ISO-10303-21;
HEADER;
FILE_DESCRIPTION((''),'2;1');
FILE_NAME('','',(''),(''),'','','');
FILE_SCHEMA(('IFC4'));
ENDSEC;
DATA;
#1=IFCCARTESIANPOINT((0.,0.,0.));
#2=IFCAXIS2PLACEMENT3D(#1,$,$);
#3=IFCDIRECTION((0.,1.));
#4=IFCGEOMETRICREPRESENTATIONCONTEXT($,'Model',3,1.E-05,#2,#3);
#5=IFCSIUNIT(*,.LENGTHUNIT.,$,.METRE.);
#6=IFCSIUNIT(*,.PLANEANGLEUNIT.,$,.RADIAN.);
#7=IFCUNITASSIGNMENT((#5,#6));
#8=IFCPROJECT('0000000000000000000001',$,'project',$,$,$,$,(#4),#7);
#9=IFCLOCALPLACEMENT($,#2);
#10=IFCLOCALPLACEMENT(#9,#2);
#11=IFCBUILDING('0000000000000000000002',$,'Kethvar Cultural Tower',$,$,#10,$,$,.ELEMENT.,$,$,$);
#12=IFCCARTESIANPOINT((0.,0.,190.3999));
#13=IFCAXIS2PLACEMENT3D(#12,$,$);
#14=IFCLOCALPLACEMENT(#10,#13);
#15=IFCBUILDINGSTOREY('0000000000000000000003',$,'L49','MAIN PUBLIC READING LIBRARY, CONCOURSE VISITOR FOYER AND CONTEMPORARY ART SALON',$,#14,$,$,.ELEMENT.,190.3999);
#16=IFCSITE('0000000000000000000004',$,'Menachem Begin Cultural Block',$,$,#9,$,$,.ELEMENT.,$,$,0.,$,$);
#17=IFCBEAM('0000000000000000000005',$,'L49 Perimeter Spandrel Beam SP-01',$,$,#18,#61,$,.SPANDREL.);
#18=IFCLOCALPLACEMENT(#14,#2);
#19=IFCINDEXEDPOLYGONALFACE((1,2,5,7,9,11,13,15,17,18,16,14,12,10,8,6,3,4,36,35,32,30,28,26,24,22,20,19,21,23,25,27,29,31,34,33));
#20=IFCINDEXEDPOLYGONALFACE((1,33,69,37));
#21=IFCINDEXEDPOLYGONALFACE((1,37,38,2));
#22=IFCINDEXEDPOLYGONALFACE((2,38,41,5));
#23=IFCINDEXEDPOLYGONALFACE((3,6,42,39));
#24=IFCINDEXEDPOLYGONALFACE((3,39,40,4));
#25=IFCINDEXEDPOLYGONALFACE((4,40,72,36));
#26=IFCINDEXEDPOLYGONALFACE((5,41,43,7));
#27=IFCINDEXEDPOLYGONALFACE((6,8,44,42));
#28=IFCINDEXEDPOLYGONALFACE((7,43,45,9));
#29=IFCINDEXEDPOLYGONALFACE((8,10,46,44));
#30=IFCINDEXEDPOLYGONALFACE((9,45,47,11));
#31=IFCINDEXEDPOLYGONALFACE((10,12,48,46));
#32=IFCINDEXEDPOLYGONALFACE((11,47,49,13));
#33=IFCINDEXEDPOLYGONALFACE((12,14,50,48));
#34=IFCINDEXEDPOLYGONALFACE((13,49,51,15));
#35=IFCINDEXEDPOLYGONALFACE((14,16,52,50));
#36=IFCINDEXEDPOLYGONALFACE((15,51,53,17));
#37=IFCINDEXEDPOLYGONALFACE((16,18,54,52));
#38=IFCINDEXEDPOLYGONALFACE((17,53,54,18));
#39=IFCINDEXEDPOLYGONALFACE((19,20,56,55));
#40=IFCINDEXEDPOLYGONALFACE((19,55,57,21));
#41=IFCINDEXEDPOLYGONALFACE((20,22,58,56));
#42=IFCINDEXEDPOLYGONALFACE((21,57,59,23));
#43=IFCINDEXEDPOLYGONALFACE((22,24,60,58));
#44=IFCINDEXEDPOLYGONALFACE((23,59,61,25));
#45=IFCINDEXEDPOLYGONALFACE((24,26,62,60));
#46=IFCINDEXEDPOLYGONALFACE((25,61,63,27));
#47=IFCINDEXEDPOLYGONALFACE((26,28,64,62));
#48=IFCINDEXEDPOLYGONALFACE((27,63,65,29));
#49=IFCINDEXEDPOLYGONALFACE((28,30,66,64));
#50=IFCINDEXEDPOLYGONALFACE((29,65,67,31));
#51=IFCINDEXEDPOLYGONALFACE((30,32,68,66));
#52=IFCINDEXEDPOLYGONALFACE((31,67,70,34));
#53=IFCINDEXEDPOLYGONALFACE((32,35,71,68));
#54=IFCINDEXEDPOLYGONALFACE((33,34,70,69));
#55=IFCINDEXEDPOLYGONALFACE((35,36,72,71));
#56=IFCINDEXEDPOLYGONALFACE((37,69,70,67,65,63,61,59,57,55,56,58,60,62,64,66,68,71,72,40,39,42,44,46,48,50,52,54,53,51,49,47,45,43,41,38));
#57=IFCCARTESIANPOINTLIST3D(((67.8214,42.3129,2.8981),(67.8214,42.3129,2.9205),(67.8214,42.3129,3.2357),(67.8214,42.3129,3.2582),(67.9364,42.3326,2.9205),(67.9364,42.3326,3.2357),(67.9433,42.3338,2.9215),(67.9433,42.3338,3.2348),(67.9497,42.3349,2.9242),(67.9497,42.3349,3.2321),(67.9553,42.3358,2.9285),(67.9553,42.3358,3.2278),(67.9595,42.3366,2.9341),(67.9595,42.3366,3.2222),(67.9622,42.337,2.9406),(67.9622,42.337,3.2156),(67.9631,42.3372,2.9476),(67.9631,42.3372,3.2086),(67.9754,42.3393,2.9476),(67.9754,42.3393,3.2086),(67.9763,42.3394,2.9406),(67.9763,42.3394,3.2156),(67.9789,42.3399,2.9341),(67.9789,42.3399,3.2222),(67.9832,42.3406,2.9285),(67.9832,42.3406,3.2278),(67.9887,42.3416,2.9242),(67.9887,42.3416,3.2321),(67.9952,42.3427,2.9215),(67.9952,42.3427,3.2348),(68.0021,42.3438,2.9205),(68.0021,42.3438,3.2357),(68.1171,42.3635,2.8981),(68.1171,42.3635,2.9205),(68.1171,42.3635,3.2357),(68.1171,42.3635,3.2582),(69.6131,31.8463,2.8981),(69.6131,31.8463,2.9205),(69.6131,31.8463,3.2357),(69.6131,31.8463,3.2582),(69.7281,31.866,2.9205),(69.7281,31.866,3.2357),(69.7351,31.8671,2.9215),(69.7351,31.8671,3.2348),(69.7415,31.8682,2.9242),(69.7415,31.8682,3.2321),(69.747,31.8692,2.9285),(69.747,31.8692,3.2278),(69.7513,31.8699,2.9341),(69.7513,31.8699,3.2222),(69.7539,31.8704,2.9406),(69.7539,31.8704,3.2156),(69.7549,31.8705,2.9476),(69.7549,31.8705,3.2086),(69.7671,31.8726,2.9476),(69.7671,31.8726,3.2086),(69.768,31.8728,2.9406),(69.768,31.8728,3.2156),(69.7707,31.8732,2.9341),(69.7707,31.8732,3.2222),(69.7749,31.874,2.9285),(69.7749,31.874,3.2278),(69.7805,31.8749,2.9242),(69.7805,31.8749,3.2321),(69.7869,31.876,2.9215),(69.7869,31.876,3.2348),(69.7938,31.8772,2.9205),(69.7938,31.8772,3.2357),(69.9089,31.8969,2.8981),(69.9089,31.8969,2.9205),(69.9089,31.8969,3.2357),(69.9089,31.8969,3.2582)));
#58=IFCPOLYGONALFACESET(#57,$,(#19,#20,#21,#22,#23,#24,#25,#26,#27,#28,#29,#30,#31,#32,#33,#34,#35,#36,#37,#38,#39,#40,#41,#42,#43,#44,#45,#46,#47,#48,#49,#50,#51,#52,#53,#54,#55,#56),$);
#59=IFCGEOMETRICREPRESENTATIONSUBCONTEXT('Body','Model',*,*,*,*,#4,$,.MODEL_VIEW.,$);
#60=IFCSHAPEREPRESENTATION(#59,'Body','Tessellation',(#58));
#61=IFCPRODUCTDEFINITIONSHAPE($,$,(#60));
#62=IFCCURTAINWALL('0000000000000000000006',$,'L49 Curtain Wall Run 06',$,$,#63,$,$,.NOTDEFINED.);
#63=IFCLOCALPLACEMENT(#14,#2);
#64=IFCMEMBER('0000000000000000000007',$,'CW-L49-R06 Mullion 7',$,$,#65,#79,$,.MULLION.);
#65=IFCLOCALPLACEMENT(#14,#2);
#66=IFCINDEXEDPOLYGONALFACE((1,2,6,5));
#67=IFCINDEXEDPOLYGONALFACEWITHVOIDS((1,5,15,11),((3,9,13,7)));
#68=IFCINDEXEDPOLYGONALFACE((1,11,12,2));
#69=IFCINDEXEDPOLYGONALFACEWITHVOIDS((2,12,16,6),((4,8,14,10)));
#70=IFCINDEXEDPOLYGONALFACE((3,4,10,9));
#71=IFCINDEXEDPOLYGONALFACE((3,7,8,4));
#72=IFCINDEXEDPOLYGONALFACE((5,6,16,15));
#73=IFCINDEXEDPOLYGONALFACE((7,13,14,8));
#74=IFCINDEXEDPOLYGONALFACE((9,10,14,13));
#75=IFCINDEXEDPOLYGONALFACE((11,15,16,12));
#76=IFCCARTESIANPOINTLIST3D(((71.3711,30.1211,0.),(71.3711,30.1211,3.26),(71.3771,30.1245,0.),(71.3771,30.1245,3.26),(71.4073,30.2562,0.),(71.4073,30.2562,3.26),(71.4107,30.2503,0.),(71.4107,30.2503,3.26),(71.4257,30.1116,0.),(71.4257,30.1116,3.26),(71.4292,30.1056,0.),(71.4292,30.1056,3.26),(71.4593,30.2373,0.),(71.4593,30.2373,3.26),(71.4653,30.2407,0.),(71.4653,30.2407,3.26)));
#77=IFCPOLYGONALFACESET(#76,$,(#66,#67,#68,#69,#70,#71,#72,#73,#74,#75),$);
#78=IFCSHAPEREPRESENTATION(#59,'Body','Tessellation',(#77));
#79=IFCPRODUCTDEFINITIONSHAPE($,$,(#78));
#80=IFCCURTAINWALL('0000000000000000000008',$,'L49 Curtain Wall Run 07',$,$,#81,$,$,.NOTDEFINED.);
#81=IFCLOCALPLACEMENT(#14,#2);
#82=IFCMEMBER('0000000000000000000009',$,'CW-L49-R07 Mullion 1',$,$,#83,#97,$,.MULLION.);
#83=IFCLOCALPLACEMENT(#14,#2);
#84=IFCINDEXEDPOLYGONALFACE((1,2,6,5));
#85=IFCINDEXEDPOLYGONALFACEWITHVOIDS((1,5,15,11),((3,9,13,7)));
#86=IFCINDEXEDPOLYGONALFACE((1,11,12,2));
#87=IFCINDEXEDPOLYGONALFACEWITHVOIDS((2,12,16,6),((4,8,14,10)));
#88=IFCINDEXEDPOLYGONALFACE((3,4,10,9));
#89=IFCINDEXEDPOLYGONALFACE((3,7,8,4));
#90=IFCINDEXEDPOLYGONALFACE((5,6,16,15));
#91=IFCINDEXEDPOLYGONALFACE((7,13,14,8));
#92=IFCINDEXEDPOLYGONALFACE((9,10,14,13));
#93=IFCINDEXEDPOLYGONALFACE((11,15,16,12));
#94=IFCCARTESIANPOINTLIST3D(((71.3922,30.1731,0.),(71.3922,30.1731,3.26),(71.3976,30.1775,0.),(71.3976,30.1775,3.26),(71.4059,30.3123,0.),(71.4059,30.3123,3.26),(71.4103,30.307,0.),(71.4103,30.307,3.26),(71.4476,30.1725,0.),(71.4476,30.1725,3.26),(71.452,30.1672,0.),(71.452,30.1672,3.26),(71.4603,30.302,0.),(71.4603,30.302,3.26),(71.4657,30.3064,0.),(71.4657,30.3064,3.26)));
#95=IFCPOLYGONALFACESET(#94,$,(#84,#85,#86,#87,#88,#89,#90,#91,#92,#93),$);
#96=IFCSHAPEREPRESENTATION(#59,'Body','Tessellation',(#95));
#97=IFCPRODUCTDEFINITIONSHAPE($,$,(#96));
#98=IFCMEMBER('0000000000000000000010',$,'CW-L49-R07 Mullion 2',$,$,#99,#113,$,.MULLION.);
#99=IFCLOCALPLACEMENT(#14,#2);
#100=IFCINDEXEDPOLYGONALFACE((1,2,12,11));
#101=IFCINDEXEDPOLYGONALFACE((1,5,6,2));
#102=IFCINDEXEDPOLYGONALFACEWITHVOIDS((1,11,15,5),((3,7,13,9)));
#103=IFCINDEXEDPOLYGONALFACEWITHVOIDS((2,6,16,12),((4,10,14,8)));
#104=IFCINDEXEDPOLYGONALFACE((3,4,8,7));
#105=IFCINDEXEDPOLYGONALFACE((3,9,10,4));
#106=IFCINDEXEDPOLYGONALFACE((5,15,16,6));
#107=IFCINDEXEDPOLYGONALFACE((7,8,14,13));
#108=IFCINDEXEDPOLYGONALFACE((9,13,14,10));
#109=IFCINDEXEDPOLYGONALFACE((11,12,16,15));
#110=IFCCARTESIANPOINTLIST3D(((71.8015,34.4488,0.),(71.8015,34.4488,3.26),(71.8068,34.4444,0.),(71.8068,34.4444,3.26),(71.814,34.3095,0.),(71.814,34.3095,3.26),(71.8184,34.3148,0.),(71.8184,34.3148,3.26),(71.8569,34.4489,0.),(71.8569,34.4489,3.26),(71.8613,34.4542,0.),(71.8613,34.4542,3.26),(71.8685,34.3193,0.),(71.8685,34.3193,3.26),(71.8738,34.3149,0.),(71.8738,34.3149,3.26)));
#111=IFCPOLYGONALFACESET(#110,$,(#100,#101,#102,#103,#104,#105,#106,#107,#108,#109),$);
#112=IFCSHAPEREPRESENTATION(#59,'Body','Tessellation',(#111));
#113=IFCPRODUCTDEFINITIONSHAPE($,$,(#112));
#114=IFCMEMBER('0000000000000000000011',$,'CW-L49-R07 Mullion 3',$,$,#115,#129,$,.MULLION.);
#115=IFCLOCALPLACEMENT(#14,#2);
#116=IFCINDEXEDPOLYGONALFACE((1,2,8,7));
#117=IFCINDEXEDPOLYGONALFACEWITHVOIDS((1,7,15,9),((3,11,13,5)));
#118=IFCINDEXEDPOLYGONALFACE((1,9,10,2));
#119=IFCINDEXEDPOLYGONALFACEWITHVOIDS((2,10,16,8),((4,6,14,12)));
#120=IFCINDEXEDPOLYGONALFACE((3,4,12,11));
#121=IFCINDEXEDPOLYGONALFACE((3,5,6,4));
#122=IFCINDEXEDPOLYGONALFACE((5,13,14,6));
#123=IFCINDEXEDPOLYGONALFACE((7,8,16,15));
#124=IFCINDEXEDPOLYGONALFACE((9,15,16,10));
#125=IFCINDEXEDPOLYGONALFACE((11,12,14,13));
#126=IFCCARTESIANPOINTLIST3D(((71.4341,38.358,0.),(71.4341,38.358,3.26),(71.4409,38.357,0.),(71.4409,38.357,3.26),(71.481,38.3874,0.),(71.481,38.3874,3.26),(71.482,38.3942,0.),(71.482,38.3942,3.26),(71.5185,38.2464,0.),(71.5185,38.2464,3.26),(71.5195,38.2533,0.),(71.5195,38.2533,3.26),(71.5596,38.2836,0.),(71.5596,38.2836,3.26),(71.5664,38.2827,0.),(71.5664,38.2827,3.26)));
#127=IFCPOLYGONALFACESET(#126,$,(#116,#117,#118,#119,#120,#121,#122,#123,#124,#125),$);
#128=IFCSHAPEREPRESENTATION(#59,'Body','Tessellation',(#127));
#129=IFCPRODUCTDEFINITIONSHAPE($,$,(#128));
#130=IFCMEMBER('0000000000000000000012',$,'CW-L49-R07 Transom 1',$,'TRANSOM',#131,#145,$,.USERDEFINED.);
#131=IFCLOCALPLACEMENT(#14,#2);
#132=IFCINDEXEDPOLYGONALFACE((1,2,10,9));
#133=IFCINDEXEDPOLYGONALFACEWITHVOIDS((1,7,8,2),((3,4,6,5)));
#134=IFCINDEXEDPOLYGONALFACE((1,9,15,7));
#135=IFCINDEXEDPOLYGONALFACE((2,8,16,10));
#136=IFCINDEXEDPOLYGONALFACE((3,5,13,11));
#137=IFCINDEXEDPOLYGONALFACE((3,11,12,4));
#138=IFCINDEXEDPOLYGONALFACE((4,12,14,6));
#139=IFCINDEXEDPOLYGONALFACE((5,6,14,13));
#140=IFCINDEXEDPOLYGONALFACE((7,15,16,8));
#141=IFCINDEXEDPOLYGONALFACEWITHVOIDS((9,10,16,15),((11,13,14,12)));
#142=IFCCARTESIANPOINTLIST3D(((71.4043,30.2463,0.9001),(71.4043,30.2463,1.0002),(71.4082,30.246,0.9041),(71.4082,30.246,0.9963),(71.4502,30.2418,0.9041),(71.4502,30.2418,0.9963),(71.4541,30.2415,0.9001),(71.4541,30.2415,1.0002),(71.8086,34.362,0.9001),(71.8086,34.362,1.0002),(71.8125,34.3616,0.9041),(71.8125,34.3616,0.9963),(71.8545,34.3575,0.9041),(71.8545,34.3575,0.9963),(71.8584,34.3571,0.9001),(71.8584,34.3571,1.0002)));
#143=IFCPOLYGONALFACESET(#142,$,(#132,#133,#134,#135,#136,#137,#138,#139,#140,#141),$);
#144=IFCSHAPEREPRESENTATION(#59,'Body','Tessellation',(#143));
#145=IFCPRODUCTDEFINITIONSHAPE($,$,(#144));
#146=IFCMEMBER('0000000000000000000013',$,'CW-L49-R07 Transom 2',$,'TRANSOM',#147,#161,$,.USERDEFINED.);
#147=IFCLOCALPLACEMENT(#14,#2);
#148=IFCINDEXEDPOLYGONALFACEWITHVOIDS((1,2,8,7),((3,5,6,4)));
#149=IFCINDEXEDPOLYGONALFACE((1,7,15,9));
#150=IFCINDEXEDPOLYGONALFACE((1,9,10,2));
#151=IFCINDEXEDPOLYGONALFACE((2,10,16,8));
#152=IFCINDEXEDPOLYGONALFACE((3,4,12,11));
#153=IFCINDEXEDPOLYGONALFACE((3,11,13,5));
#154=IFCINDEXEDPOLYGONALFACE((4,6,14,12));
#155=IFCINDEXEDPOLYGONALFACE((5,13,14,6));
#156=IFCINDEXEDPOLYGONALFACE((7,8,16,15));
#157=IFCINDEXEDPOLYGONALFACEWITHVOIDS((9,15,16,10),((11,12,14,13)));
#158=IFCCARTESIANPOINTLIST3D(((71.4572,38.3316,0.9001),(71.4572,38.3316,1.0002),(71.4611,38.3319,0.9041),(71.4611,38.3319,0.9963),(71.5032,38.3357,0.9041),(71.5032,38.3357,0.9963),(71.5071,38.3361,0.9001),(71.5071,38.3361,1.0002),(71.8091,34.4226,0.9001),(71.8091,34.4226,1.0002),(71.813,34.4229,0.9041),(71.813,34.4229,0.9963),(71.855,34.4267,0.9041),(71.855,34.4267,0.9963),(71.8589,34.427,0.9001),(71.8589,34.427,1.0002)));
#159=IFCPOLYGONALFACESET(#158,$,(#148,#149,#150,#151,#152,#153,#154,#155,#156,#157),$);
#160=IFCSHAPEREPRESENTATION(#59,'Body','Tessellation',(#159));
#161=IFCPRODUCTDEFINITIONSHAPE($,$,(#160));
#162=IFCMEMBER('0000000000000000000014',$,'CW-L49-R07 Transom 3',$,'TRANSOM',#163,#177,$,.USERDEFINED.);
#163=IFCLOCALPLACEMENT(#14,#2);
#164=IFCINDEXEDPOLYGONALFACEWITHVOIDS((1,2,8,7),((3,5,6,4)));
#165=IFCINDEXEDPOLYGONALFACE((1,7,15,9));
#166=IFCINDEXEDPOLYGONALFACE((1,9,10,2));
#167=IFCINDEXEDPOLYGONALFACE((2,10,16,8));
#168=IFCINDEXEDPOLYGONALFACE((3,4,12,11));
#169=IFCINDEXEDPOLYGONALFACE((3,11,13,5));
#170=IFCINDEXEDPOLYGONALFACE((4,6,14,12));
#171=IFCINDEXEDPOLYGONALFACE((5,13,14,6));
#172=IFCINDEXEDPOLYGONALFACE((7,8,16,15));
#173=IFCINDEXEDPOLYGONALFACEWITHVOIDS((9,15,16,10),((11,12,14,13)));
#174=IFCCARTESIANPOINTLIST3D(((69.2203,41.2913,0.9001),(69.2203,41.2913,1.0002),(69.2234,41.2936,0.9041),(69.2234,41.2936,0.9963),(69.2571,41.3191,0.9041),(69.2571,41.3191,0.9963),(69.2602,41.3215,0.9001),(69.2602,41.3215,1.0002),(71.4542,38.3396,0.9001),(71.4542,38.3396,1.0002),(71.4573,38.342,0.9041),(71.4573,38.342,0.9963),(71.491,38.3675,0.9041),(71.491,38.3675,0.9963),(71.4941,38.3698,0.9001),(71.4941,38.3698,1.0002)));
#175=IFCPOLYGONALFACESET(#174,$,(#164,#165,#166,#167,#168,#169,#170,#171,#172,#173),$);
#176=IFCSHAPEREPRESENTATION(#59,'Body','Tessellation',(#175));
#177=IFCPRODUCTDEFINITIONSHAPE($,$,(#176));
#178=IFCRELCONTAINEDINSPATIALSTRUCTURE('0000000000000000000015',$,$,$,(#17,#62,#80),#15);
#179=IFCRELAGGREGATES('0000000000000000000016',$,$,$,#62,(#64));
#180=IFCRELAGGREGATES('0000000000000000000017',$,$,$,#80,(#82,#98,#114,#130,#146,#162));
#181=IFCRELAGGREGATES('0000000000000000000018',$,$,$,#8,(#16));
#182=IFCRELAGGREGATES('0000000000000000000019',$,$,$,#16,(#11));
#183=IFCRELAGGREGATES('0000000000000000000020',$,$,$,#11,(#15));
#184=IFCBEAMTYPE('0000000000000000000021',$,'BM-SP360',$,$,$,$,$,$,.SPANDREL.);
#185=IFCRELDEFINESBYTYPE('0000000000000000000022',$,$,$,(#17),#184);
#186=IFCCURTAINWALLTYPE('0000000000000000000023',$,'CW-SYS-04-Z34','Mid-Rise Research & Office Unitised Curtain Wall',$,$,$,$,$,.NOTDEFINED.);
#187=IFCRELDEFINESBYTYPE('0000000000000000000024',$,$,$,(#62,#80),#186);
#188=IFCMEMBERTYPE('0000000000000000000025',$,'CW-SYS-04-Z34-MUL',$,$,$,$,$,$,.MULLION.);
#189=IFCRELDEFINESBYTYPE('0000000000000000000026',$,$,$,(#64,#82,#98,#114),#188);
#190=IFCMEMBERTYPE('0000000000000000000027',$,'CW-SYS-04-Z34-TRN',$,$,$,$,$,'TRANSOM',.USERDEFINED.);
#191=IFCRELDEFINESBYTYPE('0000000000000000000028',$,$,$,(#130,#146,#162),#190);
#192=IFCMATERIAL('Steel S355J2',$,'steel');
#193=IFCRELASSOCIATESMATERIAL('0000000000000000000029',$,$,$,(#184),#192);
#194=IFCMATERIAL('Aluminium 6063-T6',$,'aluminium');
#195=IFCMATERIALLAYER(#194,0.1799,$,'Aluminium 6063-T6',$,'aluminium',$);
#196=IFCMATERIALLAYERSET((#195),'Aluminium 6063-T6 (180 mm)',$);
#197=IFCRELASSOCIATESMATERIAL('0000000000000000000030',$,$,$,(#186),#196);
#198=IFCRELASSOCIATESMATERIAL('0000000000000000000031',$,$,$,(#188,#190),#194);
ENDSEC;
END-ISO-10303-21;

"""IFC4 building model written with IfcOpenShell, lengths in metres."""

from ifc_helpers import new_model, si_unit, direction, frame, origin, origin_2d, place, context, subcontext, project, spatial, hollow_rectangle, i_section, extrude, source, transform, mapped, material, layer, layer_set, material_profile, profile_set, type_object, element, aggregate, save


model = new_model("IFC4")

# Units and contexts
model_context = context("Model", 3, precision=1e-05, world=origin(), true_north=direction((0.0, 1.0)))
body_context = subcontext(model_context, "Body", "Model", "MODEL_VIEW")
ifc_project = project(units=[si_unit("LENGTHUNIT", "METRE"), si_unit("PLANEANGLEUNIT", "RADIAN")], contexts=[model_context])

# Site, building, storey
site_placement = place(None, origin())
site = spatial("IfcSite", under=ifc_project, at=site_placement, Name="Menachem Begin Cultural Block", CompositionType="ELEMENT", RefElevation=0.0)
building_placement = place(site_placement, origin())
building = spatial("IfcBuilding", under=site, at=building_placement, Name="Kethvar Cultural Tower", CompositionType="ELEMENT")
storey_placement = place(building_placement, frame((0.0, 0.0, 190.3999)))
storey = spatial("IfcBuildingStorey", under=building, at=storey_placement, Name="L49", Description="MAIN PUBLIC READING LIBRARY, CONCOURSE VISITOR FOYER AND CONTEMPORARY ART SALON", CompositionType="ELEMENT", Elevation=190.3999)

# Beam
ifc_material_1 = material(Name="Steel S355J2", Category="steel")
ifc_material_profile_1 = material_profile(ifc_material_1, i_section(OverallWidth=0.3, OverallDepth=0.3601, WebThickness=0.0125, FlangeThickness=0.0225, FilletRadius=0.0271, at=origin_2d()), Name="Steel S355J2 — HEB360")
ifc_profile_set_1 = profile_set([ifc_material_profile_1], Name="Steel S355J2 — HEB360")
beam_type_1 = type_object("IfcBeamType", Name="BM-SP360", PredefinedType="SPANDREL", material=ifc_profile_set_1)
shared_shape_1 = source(origin(), body_context, "Body", "SweptSolid", [
    extrude(i_section(OverallWidth=0.3, OverallDepth=0.3601, WebThickness=0.0125, FlangeThickness=0.0225, FilletRadius=0.0271, at=origin_2d()), origin(), (0.0, 0.0, 1.0), 10.6189),
])
beam_1_placement = place(storey_placement, frame((69.761, 31.8716, 3.0781), z_axis=(-0.168733, 0.985662, 0.0), x_axis=(-0.985662, -0.168733, 0.0)))
element("IfcBeam", 1, at=beam_1_placement, inside=storey, type_object=beam_type_1, Name="L49 Perimeter Spandrel Beam SP-01", PredefinedType="SPANDREL", context=body_context, shape_type="MappedRepresentation", body=[
    mapped(shared_shape_1, transform((0.0, 0.0, 0.0), scale=1.0)),
])

# Curtain wall, member
ifc_material_2 = material(Name="Aluminium 6063-T6", Category="aluminium")
ifc_layer_1 = layer(ifc_material_2, 0.1799, Name="Aluminium 6063-T6", Category="aluminium")
ifc_layer_set_1 = layer_set([ifc_layer_1], Name="Aluminium 6063-T6 (180 mm)")
curtain_wall_type = type_object("IfcCurtainWallType", Name="CW-SYS-04-Z34", Description="Mid-Rise Research & Office Unitised Curtain Wall", PredefinedType="NOTDEFINED", material=ifc_layer_set_1)
curtain_wall_1_placement = place(storey_placement, origin())
curtain_wall_1 = element("IfcCurtainWall", 2, at=curtain_wall_1_placement, inside=storey, type_object=curtain_wall_type, Name="L49 Curtain Wall Run 06", PredefinedType="NOTDEFINED")
ifc_material_profile_2 = material_profile(ifc_material_2, hollow_rectangle(XDim=0.0601, YDim=0.1399, WallThickness=0.0049, at=origin_2d()), Name="Aluminium 6063-T6 — RHS140x60x5")
ifc_profile_set_2 = profile_set([ifc_material_profile_2], Name="Aluminium 6063-T6 — RHS140x60x5")
member_type_1 = type_object("IfcMemberType", Name="CW-SYS-04-Z34-MUL", PredefinedType="MULLION", material=ifc_profile_set_2)
shared_shape_2 = source(origin(), body_context, "Body", "SweptSolid", [
    extrude(hollow_rectangle(XDim=0.0601, YDim=0.1399, WallThickness=0.0049, at=origin_2d()), origin(), (0.0, 0.0, 1.0), 3.26),
])
member_1_placement = place(storey_placement, frame((71.4182, 30.1809, 0.0), z_axis=(0.0, 0.0, 1.0), x_axis=(-0.966079, 0.258246, 0.0)))
member_1 = element("IfcMember", 3, at=member_1_placement, type_object=member_type_1, Name="CW-L49-R06 Mullion 7", PredefinedType="MULLION", context=body_context, shape_type="MappedRepresentation", body=[
    mapped(shared_shape_2, transform((0.0, 0.0, 0.0), scale=1.0)),
])
aggregate(curtain_wall_1, [member_1])

# Curtain wall, members
curtain_wall_2_placement = place(storey_placement, origin())
curtain_wall_2 = element("IfcCurtainWall", 4, at=curtain_wall_2_placement, inside=storey, type_object=curtain_wall_type, Name="L49 Curtain Wall Run 07", PredefinedType="NOTDEFINED")
member_2_placement = place(storey_placement, frame((71.429, 30.2397, 0.0), z_axis=(0.0, 0.0, 1.0), x_axis=(-0.99521, 0.097757, 0.0)))
member_2 = element("IfcMember", 5, at=member_2_placement, type_object=member_type_1, Name="CW-L49-R07 Mullion 1", PredefinedType="MULLION", context=body_context, shape_type="MappedRepresentation", body=[
    mapped(shared_shape_2, transform((0.0, 0.0, 0.0), scale=1.0)),
])
member_3_placement = place(storey_placement, frame((71.8376, 34.3818, 0.0), z_axis=(0.0, 0.0, 1.0), x_axis=(-0.995977, -0.089607, 0.0)))
member_3 = element("IfcMember", 6, at=member_3_placement, type_object=member_type_1, Name="CW-L49-R07 Mullion 2", PredefinedType="MULLION", context=body_context, shape_type="MappedRepresentation", body=[
    mapped(shared_shape_2, transform((0.0, 0.0, 0.0), scale=1.0)),
])
member_4_placement = place(storey_placement, frame((71.5002, 38.3203, 0.0), z_axis=(0.0, 0.0, 1.0), x_axis=(-0.797373, -0.603486, 0.0)))
member_4 = element("IfcMember", 7, at=member_4_placement, type_object=member_type_1, Name="CW-L49-R07 Mullion 3", PredefinedType="MULLION", context=body_context, shape_type="MappedRepresentation", body=[
    mapped(shared_shape_2, transform((0.0, 0.0, 0.0), scale=1.0)),
])
ifc_material_profile_3 = material_profile(ifc_material_2, hollow_rectangle(XDim=0.05, YDim=0.1001, WallThickness=0.0039, at=origin_2d()), Name="Aluminium 6063-T6 — RHS100x50x4")
ifc_profile_set_3 = profile_set([ifc_material_profile_3], Name="Aluminium 6063-T6 — RHS100x50x4")
member_type_2 = type_object("IfcMemberType", Name="CW-SYS-04-Z34-TRN", ElementType="TRANSOM", PredefinedType="USERDEFINED", material=ifc_profile_set_3)
shared_shape_3 = source(origin(), body_context, "Body", "SweptSolid", [
    extrude(hollow_rectangle(XDim=0.05, YDim=0.1001, WallThickness=0.0039, at=origin_2d()), origin(), (0.0, 0.0, 1.0), 4.1355),
])
member_5_placement = place(storey_placement, frame((71.4292, 30.2439, 0.9502), z_axis=(0.097762, 0.99521, 0.0), x_axis=(-0.99521, 0.097762, 0.0)))
member_5 = element("IfcMember", 8, at=member_5_placement, type_object=member_type_2, Name="CW-L49-R07 Transom 1", ObjectType="TRANSOM", PredefinedType="USERDEFINED", context=body_context, shape_type="MappedRepresentation", body=[
    mapped(shared_shape_3, transform((0.0, 0.0, 0.0), scale=1.0)),
])
shared_shape_4 = source(origin(), body_context, "Body", "SweptSolid", [
    extrude(hollow_rectangle(XDim=0.05, YDim=0.1001, WallThickness=0.0039, at=origin_2d()), origin(), (0.0, 0.0, 1.0), 3.9248),
])
member_6_placement = place(storey_placement, frame((71.834, 34.4248, 0.9502), z_axis=(-0.089638, 0.995974, 0.0), x_axis=(-0.995974, -0.089638, 0.0)))
member_6 = element("IfcMember", 9, at=member_6_placement, type_object=member_type_2, Name="CW-L49-R07 Transom 2", ObjectType="TRANSOM", PredefinedType="USERDEFINED", context=body_context, shape_type="MappedRepresentation", body=[
    mapped(shared_shape_4, transform((0.0, 0.0, 0.0), scale=1.0)),
])
shared_shape_5 = source(origin(), body_context, "Body", "SweptSolid", [
    extrude(hollow_rectangle(XDim=0.05, YDim=0.1001, WallThickness=0.0039, at=origin_2d()), origin(), (0.0, 0.0, 1.0), 3.7017),
])
member_7_placement = place(storey_placement, frame((71.4741, 38.3547, 0.9502), z_axis=(-0.603477, 0.797381, 0.0), x_axis=(-0.797381, -0.603477, 0.0)))
member_7 = element("IfcMember", 10, at=member_7_placement, type_object=member_type_2, Name="CW-L49-R07 Transom 3", ObjectType="TRANSOM", PredefinedType="USERDEFINED", context=body_context, shape_type="MappedRepresentation", body=[
    mapped(shared_shape_5, transform((0.0, 0.0, 0.0), scale=1.0)),
])
aggregate(curtain_wall_2, [member_2, member_3, member_4, member_5, member_6, member_7])

save(model, "model.ifc")
